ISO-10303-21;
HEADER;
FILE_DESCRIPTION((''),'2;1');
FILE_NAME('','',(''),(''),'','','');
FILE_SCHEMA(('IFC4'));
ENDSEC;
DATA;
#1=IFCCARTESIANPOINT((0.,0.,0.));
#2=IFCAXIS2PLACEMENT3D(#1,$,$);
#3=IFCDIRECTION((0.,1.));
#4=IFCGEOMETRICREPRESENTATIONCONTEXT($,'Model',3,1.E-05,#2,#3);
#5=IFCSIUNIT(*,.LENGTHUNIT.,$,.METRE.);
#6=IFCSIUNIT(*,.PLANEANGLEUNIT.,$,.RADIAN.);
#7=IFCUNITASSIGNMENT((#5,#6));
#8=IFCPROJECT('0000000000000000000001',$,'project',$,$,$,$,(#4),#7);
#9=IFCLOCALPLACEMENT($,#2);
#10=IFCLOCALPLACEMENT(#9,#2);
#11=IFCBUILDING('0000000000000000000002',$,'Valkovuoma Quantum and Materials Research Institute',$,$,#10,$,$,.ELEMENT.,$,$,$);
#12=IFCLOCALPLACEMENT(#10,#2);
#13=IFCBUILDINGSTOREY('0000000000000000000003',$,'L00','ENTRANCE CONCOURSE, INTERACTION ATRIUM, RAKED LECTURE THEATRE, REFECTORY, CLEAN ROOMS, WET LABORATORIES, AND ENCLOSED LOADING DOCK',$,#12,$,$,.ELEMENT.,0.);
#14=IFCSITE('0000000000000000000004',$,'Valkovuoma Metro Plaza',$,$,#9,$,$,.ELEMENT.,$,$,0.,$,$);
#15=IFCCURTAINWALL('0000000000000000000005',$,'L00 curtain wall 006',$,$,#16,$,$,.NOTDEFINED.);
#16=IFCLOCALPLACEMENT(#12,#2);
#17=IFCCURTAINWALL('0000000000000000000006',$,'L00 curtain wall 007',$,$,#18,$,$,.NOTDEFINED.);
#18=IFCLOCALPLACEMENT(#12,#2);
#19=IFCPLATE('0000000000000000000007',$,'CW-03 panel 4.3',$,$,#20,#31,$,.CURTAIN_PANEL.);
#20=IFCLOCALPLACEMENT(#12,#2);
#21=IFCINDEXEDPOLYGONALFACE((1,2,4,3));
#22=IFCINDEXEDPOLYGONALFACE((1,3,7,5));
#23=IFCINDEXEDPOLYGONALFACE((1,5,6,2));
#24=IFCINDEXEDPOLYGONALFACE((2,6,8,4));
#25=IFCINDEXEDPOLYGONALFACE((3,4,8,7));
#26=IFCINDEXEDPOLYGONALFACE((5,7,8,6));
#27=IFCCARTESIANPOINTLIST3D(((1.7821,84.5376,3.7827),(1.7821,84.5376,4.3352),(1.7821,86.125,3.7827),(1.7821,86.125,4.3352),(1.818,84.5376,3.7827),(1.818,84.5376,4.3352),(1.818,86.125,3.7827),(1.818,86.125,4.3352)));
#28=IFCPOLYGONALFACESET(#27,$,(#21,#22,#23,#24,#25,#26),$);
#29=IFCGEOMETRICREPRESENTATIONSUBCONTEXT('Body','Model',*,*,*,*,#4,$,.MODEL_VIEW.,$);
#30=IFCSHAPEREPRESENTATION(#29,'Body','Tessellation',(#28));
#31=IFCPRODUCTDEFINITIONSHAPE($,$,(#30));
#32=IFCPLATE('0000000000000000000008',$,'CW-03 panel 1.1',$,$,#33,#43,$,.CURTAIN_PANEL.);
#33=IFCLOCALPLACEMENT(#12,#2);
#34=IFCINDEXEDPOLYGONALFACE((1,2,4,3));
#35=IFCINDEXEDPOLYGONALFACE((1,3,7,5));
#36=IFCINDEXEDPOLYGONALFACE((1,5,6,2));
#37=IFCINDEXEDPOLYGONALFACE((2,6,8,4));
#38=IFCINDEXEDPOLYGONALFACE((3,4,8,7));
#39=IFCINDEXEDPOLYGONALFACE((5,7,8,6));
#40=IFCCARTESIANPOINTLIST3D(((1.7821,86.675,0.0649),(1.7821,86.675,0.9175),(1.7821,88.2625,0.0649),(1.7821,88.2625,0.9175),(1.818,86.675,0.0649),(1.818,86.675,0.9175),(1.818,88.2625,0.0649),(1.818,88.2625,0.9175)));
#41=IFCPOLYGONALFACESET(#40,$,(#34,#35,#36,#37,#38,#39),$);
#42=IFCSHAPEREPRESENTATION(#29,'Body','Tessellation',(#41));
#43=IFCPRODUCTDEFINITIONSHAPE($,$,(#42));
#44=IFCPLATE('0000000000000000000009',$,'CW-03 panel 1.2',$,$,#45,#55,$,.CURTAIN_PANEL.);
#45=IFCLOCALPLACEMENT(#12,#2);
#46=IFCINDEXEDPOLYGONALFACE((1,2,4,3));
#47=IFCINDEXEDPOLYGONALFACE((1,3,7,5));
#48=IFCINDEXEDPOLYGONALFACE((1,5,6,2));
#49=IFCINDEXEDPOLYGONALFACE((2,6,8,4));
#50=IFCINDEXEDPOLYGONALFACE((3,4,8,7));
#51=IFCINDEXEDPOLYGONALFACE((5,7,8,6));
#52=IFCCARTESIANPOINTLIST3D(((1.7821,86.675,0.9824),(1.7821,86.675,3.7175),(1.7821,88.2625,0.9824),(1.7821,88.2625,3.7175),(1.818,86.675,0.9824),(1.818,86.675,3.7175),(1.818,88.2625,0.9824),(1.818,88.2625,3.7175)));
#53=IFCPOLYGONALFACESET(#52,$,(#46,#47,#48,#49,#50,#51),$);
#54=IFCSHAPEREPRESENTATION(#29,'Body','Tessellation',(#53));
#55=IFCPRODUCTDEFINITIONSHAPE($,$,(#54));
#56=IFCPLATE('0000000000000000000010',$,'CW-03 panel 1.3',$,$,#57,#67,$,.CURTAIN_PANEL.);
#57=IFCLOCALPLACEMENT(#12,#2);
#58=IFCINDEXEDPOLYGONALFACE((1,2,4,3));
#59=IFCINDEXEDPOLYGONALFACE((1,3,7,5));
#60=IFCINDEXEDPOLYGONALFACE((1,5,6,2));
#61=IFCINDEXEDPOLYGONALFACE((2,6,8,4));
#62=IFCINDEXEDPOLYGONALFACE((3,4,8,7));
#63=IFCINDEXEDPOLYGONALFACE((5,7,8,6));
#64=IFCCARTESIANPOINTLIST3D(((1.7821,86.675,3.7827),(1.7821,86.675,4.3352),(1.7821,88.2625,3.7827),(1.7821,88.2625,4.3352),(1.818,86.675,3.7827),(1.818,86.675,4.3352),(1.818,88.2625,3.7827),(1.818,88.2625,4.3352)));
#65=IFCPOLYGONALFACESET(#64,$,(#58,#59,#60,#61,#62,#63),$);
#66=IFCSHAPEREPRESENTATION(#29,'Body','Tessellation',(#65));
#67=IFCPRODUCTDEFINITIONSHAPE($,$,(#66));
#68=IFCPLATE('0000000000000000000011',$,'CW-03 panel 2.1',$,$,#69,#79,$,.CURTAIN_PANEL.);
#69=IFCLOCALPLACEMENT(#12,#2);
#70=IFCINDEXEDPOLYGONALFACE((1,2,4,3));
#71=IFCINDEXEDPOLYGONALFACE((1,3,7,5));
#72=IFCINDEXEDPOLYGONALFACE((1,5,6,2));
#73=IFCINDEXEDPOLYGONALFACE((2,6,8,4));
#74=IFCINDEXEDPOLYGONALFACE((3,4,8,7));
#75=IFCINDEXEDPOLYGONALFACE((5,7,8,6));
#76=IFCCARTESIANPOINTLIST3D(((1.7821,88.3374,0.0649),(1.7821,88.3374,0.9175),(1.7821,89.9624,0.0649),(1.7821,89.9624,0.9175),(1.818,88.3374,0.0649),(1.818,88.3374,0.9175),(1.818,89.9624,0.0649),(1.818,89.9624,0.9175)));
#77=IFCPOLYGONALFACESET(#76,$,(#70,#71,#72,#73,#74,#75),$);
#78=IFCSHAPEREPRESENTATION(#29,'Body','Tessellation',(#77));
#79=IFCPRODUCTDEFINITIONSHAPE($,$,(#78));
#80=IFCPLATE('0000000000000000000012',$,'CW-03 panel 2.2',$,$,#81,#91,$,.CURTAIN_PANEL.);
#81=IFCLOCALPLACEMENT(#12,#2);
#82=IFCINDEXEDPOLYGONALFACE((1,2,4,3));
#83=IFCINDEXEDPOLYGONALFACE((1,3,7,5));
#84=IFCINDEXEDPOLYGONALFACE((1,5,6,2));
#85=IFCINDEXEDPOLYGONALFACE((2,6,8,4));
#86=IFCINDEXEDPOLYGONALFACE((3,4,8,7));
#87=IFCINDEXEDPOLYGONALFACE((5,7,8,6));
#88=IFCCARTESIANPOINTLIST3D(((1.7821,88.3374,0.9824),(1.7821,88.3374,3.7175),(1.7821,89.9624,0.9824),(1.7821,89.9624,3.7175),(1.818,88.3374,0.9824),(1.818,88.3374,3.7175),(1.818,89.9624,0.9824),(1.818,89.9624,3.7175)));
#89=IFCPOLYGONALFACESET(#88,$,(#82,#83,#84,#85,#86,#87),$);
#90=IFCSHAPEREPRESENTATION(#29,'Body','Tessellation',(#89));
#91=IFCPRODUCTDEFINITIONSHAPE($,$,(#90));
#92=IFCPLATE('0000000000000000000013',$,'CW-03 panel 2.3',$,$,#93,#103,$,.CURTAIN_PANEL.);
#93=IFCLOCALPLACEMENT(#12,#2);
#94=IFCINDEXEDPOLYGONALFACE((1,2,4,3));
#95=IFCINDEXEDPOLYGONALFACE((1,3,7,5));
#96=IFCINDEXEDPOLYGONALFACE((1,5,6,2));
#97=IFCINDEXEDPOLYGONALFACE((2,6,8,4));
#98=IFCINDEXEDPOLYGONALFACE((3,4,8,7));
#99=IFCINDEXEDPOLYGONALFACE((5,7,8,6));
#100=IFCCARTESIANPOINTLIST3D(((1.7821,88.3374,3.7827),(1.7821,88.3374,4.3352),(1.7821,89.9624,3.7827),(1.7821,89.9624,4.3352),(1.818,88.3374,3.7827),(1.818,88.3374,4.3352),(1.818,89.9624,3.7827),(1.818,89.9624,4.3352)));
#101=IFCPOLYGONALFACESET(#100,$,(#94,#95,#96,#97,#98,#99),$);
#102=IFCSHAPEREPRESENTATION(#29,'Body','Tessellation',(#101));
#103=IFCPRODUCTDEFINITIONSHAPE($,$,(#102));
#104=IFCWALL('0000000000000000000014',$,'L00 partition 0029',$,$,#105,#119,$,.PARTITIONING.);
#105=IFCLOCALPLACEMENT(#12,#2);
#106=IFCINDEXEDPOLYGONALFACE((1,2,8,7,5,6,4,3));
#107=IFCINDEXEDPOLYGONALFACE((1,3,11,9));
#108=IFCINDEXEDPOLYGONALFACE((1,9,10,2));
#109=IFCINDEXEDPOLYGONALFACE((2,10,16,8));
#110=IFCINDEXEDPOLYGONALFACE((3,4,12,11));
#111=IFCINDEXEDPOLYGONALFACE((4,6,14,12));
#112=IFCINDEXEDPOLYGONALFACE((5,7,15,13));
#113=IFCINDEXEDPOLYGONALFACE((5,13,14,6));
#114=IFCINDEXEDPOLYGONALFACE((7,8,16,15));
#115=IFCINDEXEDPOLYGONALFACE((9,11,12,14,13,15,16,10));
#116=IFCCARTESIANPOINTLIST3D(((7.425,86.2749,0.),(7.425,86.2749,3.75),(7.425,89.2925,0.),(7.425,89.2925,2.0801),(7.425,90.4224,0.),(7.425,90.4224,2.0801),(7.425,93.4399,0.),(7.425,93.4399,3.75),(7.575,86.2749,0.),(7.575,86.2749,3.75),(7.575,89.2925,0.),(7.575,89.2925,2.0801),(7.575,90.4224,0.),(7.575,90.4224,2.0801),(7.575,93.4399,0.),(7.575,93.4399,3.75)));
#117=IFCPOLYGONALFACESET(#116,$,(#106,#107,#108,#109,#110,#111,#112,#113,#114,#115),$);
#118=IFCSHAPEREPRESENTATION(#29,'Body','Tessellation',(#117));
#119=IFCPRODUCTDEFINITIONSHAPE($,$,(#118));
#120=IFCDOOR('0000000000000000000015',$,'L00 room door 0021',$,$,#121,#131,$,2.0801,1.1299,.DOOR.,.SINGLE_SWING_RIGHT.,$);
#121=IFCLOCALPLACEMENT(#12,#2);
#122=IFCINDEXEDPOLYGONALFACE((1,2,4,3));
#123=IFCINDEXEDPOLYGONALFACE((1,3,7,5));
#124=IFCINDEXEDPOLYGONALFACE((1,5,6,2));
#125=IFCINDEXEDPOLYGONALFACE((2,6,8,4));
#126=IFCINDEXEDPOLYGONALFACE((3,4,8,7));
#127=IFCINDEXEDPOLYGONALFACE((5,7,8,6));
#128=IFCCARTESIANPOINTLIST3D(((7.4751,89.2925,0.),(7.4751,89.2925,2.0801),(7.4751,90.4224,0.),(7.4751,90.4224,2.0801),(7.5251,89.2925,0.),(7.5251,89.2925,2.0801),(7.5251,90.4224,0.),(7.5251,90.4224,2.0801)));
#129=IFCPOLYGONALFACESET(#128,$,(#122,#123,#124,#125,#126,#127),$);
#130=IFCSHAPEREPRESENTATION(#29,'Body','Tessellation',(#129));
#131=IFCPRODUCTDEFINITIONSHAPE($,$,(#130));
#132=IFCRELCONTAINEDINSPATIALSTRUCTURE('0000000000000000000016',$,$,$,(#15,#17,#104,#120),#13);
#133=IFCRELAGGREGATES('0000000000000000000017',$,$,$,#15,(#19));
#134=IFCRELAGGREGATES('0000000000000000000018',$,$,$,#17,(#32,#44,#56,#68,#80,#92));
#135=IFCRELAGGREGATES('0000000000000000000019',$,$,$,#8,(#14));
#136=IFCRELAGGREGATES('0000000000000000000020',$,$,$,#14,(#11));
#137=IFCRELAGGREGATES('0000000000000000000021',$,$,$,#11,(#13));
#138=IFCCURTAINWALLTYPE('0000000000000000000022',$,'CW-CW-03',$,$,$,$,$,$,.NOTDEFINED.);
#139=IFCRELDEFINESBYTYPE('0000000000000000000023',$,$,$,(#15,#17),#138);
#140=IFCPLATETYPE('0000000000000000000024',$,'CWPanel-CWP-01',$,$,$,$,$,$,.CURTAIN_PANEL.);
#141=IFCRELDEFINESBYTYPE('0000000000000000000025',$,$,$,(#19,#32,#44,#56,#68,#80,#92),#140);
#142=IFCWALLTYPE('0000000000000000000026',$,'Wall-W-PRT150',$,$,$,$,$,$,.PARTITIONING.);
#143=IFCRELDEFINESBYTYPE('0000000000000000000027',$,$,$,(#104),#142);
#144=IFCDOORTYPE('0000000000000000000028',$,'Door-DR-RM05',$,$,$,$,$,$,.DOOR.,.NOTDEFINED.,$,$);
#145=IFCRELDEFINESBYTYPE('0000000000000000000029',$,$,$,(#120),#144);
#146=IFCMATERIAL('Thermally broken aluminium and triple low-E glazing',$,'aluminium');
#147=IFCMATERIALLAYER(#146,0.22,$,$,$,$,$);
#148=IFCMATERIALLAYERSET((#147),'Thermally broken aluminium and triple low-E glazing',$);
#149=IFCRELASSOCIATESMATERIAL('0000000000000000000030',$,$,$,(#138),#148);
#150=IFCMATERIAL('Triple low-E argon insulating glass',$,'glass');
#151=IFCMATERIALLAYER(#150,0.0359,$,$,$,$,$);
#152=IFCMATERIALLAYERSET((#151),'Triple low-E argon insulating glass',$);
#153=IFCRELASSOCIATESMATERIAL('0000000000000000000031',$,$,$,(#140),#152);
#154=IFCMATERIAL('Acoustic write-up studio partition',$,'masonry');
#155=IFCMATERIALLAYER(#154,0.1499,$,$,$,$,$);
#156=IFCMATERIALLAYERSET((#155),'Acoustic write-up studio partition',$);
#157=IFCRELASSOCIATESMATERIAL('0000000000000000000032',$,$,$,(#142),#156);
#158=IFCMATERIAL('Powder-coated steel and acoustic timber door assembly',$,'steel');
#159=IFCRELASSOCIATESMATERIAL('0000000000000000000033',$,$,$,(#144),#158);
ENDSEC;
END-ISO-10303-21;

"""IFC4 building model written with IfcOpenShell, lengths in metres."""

from ifc_helpers import new_model, si_unit, direction, frame, frame_2d, origin, origin_2d, place, context, subcontext, project, spatial, rectangle, extrude, material, layer, layer_set, type_object, element, fill, aggregate, save


model = new_model("IFC4")

# Units and contexts
model_context = context("Model", 3, precision=1e-05, world=origin(), true_north=direction((0.0, 1.0)))
body_context = subcontext(model_context, "Body", "Model", "MODEL_VIEW")
ifc_project = project(units=[si_unit("LENGTHUNIT", "METRE"), si_unit("PLANEANGLEUNIT", "RADIAN")], contexts=[model_context])

# Site, building, storey
site_placement = place(None, origin())
site = spatial("IfcSite", under=ifc_project, at=site_placement, Name="Valkovuoma Metro Plaza", CompositionType="ELEMENT", RefElevation=0.0)
building_placement = place(site_placement, origin())
building = spatial("IfcBuilding", under=site, at=building_placement, Name="Valkovuoma Quantum and Materials Research Institute", CompositionType="ELEMENT")
storey_placement = place(building_placement, origin())
storey = spatial("IfcBuildingStorey", under=building, at=storey_placement, Name="L00", Description="ENTRANCE CONCOURSE, INTERACTION ATRIUM, RAKED LECTURE THEATRE, REFECTORY, CLEAN ROOMS, WET LABORATORIES, AND ENCLOSED LOADING DOCK", CompositionType="ELEMENT", Elevation=0.0)

# Curtain wall
ifc_material_1 = material(Name="Thermally broken aluminium and triple low-E glazing", Category="aluminium")
ifc_layer_1 = layer(ifc_material_1, 0.22)
ifc_layer_set_1 = layer_set([ifc_layer_1], Name="Thermally broken aluminium and triple low-E glazing")
curtain_wall_type = type_object("IfcCurtainWallType", Name="CW-CW-03", PredefinedType="NOTDEFINED", material=ifc_layer_set_1)
curtain_wall_1_placement = place(storey_placement, origin())
curtain_wall_1 = element("IfcCurtainWall", 1, at=curtain_wall_1_placement, inside=storey, type_object=curtain_wall_type, Name="L00 curtain wall 006", PredefinedType="NOTDEFINED")

# Curtain wall
curtain_wall_2_placement = place(storey_placement, origin())
curtain_wall_2 = element("IfcCurtainWall", 2, at=curtain_wall_2_placement, inside=storey, type_object=curtain_wall_type, Name="L00 curtain wall 007", PredefinedType="NOTDEFINED")

# Plates
ifc_material_2 = material(Name="Triple low-E argon insulating glass", Category="glass")
ifc_layer_2 = layer(ifc_material_2, 0.0359)
ifc_layer_set_2 = layer_set([ifc_layer_2], Name="Triple low-E argon insulating glass")
plate_type = type_object("IfcPlateType", Name="CWPanel-CWP-01", PredefinedType="CURTAIN_PANEL", material=ifc_layer_set_2)
plate_1_placement = place(storey_placement, frame((1.8, 85.3313, 3.7827), z_axis=(0.0, 0.0, 1.0), x_axis=(0.0, 1.0, 0.0)))
plate_1 = element("IfcPlate", 3, at=plate_1_placement, type_object=plate_type, Name="CW-03 panel 4.3", PredefinedType="CURTAIN_PANEL", context=body_context, shape_type="SweptSolid", body=[
    extrude(rectangle(XDim=1.5874, YDim=0.0359, at=origin_2d()), origin(), (0.0, 0.0, 1.0), 0.5525),
])
aggregate(curtain_wall_1, [plate_1])
plate_2_placement = place(storey_placement, frame((1.8, 87.4688, 0.0649), z_axis=(0.0, 0.0, 1.0), x_axis=(0.0, 1.0, 0.0)))
plate_2 = element("IfcPlate", 4, at=plate_2_placement, type_object=plate_type, Name="CW-03 panel 1.1", PredefinedType="CURTAIN_PANEL", context=body_context, shape_type="SweptSolid", body=[
    extrude(rectangle(XDim=1.5874, YDim=0.0359, at=origin_2d()), origin(), (0.0, 0.0, 1.0), 0.8525),
])
plate_3_placement = place(storey_placement, frame((1.8, 87.4688, 0.9824), z_axis=(0.0, 0.0, 1.0), x_axis=(0.0, 1.0, 0.0)))
plate_3 = element("IfcPlate", 5, at=plate_3_placement, type_object=plate_type, Name="CW-03 panel 1.2", PredefinedType="CURTAIN_PANEL", context=body_context, shape_type="SweptSolid", body=[
    extrude(rectangle(XDim=1.5874, YDim=0.0359, at=origin_2d()), origin(), (0.0, 0.0, 1.0), 2.7351),
])
plate_4_placement = place(storey_placement, frame((1.8, 87.4688, 3.7827), z_axis=(0.0, 0.0, 1.0), x_axis=(0.0, 1.0, 0.0)))
plate_4 = element("IfcPlate", 6, at=plate_4_placement, type_object=plate_type, Name="CW-03 panel 1.3", PredefinedType="CURTAIN_PANEL", context=body_context, shape_type="SweptSolid", body=[
    extrude(rectangle(XDim=1.5874, YDim=0.0359, at=origin_2d()), origin(), (0.0, 0.0, 1.0), 0.5525),
])
plate_5_placement = place(storey_placement, frame((1.8, 89.1499, 0.0649), z_axis=(0.0, 0.0, 1.0), x_axis=(0.0, 1.0, 0.0)))
plate_5 = element("IfcPlate", 7, at=plate_5_placement, type_object=plate_type, Name="CW-03 panel 2.1", PredefinedType="CURTAIN_PANEL", context=body_context, shape_type="SweptSolid", body=[
    extrude(rectangle(XDim=1.625, YDim=0.0359, at=origin_2d()), origin(), (0.0, 0.0, 1.0), 0.8525),
])
plate_6_placement = place(storey_placement, frame((1.8, 89.1499, 0.9824), z_axis=(0.0, 0.0, 1.0), x_axis=(0.0, 1.0, 0.0)))
plate_6 = element("IfcPlate", 8, at=plate_6_placement, type_object=plate_type, Name="CW-03 panel 2.2", PredefinedType="CURTAIN_PANEL", context=body_context, shape_type="SweptSolid", body=[
    extrude(rectangle(XDim=1.625, YDim=0.0359, at=origin_2d()), origin(), (0.0, 0.0, 1.0), 2.7351),
])
plate_7_placement = place(storey_placement, frame((1.8, 89.1499, 3.7827), z_axis=(0.0, 0.0, 1.0), x_axis=(0.0, 1.0, 0.0)))
plate_7 = element("IfcPlate", 9, at=plate_7_placement, type_object=plate_type, Name="CW-03 panel 2.3", PredefinedType="CURTAIN_PANEL", context=body_context, shape_type="SweptSolid", body=[
    extrude(rectangle(XDim=1.625, YDim=0.0359, at=origin_2d()), origin(), (0.0, 0.0, 1.0), 0.5525),
])
aggregate(curtain_wall_2, [plate_2, plate_3, plate_4, plate_5, plate_6, plate_7])

# Wall, opening, door
ifc_material_3 = material(Name="Acoustic write-up studio partition", Category="masonry")
ifc_layer_3 = layer(ifc_material_3, 0.1499)
ifc_layer_set_3 = layer_set([ifc_layer_3], Name="Acoustic write-up studio partition")
wall_type = type_object("IfcWallType", Name="Wall-W-PRT150", PredefinedType="PARTITIONING", material=ifc_layer_set_3)
wall_placement = place(storey_placement, frame((7.5, 86.2749, 0.0), z_axis=(0.0, 0.0, 1.0), x_axis=(0.0, 1.0, 0.0)))
wall = element("IfcWall", 10, at=wall_placement, inside=storey, type_object=wall_type, Name="L00 partition 0029", PredefinedType="PARTITIONING", context=body_context, shape_type="SweptSolid", body=[
    extrude(rectangle(XDim=7.165, YDim=0.1499, at=frame_2d((3.5825, 0.0))), origin(), (0.0, 0.0, 1.0), 3.75),
])
opening_placement = place(wall_placement, frame((3.0176, 0.0, 0.0)))
opening = element("IfcOpeningElement", 11, at=opening_placement, cuts=wall, PredefinedType="OPENING", context=body_context, shape_type="SweptSolid", body=[
    extrude(rectangle(XDim=1.1299, YDim=2.0801, at=frame_2d((0.5649, 1.04))), frame((0.0, 0.085, 0.0), z_axis=(0.0, -1.0, 0.0), x_axis=(1.0, 0.0, 0.0)), (0.0, 0.0, 1.0), 0.1699),
])
ifc_material_4 = material(Name="Powder-coated steel and acoustic timber door assembly", Category="steel")
door_type = type_object("IfcDoorType", Name="Door-DR-RM05", OperationType="NOTDEFINED", PredefinedType="DOOR", material=ifc_material_4)
door_placement = place(opening_placement, origin())
door = element("IfcDoor", 12, at=door_placement, inside=storey, type_object=door_type, Name="L00 room door 0021", OperationType="SINGLE_SWING_RIGHT", OverallHeight=2.0801, OverallWidth=1.1299, PredefinedType="DOOR", context=body_context, shape_type="SweptSolid", body=[
    extrude(rectangle(XDim=1.1299, YDim=2.0801, at=frame_2d((0.5649, 1.04))), frame((0.0, 0.0249, 0.0), z_axis=(0.0, -1.0, 0.0), x_axis=(1.0, 0.0, 0.0)), (0.0, 0.0, 1.0), 0.05),
])
fill(opening, door)

save(model, "model.ifc")
